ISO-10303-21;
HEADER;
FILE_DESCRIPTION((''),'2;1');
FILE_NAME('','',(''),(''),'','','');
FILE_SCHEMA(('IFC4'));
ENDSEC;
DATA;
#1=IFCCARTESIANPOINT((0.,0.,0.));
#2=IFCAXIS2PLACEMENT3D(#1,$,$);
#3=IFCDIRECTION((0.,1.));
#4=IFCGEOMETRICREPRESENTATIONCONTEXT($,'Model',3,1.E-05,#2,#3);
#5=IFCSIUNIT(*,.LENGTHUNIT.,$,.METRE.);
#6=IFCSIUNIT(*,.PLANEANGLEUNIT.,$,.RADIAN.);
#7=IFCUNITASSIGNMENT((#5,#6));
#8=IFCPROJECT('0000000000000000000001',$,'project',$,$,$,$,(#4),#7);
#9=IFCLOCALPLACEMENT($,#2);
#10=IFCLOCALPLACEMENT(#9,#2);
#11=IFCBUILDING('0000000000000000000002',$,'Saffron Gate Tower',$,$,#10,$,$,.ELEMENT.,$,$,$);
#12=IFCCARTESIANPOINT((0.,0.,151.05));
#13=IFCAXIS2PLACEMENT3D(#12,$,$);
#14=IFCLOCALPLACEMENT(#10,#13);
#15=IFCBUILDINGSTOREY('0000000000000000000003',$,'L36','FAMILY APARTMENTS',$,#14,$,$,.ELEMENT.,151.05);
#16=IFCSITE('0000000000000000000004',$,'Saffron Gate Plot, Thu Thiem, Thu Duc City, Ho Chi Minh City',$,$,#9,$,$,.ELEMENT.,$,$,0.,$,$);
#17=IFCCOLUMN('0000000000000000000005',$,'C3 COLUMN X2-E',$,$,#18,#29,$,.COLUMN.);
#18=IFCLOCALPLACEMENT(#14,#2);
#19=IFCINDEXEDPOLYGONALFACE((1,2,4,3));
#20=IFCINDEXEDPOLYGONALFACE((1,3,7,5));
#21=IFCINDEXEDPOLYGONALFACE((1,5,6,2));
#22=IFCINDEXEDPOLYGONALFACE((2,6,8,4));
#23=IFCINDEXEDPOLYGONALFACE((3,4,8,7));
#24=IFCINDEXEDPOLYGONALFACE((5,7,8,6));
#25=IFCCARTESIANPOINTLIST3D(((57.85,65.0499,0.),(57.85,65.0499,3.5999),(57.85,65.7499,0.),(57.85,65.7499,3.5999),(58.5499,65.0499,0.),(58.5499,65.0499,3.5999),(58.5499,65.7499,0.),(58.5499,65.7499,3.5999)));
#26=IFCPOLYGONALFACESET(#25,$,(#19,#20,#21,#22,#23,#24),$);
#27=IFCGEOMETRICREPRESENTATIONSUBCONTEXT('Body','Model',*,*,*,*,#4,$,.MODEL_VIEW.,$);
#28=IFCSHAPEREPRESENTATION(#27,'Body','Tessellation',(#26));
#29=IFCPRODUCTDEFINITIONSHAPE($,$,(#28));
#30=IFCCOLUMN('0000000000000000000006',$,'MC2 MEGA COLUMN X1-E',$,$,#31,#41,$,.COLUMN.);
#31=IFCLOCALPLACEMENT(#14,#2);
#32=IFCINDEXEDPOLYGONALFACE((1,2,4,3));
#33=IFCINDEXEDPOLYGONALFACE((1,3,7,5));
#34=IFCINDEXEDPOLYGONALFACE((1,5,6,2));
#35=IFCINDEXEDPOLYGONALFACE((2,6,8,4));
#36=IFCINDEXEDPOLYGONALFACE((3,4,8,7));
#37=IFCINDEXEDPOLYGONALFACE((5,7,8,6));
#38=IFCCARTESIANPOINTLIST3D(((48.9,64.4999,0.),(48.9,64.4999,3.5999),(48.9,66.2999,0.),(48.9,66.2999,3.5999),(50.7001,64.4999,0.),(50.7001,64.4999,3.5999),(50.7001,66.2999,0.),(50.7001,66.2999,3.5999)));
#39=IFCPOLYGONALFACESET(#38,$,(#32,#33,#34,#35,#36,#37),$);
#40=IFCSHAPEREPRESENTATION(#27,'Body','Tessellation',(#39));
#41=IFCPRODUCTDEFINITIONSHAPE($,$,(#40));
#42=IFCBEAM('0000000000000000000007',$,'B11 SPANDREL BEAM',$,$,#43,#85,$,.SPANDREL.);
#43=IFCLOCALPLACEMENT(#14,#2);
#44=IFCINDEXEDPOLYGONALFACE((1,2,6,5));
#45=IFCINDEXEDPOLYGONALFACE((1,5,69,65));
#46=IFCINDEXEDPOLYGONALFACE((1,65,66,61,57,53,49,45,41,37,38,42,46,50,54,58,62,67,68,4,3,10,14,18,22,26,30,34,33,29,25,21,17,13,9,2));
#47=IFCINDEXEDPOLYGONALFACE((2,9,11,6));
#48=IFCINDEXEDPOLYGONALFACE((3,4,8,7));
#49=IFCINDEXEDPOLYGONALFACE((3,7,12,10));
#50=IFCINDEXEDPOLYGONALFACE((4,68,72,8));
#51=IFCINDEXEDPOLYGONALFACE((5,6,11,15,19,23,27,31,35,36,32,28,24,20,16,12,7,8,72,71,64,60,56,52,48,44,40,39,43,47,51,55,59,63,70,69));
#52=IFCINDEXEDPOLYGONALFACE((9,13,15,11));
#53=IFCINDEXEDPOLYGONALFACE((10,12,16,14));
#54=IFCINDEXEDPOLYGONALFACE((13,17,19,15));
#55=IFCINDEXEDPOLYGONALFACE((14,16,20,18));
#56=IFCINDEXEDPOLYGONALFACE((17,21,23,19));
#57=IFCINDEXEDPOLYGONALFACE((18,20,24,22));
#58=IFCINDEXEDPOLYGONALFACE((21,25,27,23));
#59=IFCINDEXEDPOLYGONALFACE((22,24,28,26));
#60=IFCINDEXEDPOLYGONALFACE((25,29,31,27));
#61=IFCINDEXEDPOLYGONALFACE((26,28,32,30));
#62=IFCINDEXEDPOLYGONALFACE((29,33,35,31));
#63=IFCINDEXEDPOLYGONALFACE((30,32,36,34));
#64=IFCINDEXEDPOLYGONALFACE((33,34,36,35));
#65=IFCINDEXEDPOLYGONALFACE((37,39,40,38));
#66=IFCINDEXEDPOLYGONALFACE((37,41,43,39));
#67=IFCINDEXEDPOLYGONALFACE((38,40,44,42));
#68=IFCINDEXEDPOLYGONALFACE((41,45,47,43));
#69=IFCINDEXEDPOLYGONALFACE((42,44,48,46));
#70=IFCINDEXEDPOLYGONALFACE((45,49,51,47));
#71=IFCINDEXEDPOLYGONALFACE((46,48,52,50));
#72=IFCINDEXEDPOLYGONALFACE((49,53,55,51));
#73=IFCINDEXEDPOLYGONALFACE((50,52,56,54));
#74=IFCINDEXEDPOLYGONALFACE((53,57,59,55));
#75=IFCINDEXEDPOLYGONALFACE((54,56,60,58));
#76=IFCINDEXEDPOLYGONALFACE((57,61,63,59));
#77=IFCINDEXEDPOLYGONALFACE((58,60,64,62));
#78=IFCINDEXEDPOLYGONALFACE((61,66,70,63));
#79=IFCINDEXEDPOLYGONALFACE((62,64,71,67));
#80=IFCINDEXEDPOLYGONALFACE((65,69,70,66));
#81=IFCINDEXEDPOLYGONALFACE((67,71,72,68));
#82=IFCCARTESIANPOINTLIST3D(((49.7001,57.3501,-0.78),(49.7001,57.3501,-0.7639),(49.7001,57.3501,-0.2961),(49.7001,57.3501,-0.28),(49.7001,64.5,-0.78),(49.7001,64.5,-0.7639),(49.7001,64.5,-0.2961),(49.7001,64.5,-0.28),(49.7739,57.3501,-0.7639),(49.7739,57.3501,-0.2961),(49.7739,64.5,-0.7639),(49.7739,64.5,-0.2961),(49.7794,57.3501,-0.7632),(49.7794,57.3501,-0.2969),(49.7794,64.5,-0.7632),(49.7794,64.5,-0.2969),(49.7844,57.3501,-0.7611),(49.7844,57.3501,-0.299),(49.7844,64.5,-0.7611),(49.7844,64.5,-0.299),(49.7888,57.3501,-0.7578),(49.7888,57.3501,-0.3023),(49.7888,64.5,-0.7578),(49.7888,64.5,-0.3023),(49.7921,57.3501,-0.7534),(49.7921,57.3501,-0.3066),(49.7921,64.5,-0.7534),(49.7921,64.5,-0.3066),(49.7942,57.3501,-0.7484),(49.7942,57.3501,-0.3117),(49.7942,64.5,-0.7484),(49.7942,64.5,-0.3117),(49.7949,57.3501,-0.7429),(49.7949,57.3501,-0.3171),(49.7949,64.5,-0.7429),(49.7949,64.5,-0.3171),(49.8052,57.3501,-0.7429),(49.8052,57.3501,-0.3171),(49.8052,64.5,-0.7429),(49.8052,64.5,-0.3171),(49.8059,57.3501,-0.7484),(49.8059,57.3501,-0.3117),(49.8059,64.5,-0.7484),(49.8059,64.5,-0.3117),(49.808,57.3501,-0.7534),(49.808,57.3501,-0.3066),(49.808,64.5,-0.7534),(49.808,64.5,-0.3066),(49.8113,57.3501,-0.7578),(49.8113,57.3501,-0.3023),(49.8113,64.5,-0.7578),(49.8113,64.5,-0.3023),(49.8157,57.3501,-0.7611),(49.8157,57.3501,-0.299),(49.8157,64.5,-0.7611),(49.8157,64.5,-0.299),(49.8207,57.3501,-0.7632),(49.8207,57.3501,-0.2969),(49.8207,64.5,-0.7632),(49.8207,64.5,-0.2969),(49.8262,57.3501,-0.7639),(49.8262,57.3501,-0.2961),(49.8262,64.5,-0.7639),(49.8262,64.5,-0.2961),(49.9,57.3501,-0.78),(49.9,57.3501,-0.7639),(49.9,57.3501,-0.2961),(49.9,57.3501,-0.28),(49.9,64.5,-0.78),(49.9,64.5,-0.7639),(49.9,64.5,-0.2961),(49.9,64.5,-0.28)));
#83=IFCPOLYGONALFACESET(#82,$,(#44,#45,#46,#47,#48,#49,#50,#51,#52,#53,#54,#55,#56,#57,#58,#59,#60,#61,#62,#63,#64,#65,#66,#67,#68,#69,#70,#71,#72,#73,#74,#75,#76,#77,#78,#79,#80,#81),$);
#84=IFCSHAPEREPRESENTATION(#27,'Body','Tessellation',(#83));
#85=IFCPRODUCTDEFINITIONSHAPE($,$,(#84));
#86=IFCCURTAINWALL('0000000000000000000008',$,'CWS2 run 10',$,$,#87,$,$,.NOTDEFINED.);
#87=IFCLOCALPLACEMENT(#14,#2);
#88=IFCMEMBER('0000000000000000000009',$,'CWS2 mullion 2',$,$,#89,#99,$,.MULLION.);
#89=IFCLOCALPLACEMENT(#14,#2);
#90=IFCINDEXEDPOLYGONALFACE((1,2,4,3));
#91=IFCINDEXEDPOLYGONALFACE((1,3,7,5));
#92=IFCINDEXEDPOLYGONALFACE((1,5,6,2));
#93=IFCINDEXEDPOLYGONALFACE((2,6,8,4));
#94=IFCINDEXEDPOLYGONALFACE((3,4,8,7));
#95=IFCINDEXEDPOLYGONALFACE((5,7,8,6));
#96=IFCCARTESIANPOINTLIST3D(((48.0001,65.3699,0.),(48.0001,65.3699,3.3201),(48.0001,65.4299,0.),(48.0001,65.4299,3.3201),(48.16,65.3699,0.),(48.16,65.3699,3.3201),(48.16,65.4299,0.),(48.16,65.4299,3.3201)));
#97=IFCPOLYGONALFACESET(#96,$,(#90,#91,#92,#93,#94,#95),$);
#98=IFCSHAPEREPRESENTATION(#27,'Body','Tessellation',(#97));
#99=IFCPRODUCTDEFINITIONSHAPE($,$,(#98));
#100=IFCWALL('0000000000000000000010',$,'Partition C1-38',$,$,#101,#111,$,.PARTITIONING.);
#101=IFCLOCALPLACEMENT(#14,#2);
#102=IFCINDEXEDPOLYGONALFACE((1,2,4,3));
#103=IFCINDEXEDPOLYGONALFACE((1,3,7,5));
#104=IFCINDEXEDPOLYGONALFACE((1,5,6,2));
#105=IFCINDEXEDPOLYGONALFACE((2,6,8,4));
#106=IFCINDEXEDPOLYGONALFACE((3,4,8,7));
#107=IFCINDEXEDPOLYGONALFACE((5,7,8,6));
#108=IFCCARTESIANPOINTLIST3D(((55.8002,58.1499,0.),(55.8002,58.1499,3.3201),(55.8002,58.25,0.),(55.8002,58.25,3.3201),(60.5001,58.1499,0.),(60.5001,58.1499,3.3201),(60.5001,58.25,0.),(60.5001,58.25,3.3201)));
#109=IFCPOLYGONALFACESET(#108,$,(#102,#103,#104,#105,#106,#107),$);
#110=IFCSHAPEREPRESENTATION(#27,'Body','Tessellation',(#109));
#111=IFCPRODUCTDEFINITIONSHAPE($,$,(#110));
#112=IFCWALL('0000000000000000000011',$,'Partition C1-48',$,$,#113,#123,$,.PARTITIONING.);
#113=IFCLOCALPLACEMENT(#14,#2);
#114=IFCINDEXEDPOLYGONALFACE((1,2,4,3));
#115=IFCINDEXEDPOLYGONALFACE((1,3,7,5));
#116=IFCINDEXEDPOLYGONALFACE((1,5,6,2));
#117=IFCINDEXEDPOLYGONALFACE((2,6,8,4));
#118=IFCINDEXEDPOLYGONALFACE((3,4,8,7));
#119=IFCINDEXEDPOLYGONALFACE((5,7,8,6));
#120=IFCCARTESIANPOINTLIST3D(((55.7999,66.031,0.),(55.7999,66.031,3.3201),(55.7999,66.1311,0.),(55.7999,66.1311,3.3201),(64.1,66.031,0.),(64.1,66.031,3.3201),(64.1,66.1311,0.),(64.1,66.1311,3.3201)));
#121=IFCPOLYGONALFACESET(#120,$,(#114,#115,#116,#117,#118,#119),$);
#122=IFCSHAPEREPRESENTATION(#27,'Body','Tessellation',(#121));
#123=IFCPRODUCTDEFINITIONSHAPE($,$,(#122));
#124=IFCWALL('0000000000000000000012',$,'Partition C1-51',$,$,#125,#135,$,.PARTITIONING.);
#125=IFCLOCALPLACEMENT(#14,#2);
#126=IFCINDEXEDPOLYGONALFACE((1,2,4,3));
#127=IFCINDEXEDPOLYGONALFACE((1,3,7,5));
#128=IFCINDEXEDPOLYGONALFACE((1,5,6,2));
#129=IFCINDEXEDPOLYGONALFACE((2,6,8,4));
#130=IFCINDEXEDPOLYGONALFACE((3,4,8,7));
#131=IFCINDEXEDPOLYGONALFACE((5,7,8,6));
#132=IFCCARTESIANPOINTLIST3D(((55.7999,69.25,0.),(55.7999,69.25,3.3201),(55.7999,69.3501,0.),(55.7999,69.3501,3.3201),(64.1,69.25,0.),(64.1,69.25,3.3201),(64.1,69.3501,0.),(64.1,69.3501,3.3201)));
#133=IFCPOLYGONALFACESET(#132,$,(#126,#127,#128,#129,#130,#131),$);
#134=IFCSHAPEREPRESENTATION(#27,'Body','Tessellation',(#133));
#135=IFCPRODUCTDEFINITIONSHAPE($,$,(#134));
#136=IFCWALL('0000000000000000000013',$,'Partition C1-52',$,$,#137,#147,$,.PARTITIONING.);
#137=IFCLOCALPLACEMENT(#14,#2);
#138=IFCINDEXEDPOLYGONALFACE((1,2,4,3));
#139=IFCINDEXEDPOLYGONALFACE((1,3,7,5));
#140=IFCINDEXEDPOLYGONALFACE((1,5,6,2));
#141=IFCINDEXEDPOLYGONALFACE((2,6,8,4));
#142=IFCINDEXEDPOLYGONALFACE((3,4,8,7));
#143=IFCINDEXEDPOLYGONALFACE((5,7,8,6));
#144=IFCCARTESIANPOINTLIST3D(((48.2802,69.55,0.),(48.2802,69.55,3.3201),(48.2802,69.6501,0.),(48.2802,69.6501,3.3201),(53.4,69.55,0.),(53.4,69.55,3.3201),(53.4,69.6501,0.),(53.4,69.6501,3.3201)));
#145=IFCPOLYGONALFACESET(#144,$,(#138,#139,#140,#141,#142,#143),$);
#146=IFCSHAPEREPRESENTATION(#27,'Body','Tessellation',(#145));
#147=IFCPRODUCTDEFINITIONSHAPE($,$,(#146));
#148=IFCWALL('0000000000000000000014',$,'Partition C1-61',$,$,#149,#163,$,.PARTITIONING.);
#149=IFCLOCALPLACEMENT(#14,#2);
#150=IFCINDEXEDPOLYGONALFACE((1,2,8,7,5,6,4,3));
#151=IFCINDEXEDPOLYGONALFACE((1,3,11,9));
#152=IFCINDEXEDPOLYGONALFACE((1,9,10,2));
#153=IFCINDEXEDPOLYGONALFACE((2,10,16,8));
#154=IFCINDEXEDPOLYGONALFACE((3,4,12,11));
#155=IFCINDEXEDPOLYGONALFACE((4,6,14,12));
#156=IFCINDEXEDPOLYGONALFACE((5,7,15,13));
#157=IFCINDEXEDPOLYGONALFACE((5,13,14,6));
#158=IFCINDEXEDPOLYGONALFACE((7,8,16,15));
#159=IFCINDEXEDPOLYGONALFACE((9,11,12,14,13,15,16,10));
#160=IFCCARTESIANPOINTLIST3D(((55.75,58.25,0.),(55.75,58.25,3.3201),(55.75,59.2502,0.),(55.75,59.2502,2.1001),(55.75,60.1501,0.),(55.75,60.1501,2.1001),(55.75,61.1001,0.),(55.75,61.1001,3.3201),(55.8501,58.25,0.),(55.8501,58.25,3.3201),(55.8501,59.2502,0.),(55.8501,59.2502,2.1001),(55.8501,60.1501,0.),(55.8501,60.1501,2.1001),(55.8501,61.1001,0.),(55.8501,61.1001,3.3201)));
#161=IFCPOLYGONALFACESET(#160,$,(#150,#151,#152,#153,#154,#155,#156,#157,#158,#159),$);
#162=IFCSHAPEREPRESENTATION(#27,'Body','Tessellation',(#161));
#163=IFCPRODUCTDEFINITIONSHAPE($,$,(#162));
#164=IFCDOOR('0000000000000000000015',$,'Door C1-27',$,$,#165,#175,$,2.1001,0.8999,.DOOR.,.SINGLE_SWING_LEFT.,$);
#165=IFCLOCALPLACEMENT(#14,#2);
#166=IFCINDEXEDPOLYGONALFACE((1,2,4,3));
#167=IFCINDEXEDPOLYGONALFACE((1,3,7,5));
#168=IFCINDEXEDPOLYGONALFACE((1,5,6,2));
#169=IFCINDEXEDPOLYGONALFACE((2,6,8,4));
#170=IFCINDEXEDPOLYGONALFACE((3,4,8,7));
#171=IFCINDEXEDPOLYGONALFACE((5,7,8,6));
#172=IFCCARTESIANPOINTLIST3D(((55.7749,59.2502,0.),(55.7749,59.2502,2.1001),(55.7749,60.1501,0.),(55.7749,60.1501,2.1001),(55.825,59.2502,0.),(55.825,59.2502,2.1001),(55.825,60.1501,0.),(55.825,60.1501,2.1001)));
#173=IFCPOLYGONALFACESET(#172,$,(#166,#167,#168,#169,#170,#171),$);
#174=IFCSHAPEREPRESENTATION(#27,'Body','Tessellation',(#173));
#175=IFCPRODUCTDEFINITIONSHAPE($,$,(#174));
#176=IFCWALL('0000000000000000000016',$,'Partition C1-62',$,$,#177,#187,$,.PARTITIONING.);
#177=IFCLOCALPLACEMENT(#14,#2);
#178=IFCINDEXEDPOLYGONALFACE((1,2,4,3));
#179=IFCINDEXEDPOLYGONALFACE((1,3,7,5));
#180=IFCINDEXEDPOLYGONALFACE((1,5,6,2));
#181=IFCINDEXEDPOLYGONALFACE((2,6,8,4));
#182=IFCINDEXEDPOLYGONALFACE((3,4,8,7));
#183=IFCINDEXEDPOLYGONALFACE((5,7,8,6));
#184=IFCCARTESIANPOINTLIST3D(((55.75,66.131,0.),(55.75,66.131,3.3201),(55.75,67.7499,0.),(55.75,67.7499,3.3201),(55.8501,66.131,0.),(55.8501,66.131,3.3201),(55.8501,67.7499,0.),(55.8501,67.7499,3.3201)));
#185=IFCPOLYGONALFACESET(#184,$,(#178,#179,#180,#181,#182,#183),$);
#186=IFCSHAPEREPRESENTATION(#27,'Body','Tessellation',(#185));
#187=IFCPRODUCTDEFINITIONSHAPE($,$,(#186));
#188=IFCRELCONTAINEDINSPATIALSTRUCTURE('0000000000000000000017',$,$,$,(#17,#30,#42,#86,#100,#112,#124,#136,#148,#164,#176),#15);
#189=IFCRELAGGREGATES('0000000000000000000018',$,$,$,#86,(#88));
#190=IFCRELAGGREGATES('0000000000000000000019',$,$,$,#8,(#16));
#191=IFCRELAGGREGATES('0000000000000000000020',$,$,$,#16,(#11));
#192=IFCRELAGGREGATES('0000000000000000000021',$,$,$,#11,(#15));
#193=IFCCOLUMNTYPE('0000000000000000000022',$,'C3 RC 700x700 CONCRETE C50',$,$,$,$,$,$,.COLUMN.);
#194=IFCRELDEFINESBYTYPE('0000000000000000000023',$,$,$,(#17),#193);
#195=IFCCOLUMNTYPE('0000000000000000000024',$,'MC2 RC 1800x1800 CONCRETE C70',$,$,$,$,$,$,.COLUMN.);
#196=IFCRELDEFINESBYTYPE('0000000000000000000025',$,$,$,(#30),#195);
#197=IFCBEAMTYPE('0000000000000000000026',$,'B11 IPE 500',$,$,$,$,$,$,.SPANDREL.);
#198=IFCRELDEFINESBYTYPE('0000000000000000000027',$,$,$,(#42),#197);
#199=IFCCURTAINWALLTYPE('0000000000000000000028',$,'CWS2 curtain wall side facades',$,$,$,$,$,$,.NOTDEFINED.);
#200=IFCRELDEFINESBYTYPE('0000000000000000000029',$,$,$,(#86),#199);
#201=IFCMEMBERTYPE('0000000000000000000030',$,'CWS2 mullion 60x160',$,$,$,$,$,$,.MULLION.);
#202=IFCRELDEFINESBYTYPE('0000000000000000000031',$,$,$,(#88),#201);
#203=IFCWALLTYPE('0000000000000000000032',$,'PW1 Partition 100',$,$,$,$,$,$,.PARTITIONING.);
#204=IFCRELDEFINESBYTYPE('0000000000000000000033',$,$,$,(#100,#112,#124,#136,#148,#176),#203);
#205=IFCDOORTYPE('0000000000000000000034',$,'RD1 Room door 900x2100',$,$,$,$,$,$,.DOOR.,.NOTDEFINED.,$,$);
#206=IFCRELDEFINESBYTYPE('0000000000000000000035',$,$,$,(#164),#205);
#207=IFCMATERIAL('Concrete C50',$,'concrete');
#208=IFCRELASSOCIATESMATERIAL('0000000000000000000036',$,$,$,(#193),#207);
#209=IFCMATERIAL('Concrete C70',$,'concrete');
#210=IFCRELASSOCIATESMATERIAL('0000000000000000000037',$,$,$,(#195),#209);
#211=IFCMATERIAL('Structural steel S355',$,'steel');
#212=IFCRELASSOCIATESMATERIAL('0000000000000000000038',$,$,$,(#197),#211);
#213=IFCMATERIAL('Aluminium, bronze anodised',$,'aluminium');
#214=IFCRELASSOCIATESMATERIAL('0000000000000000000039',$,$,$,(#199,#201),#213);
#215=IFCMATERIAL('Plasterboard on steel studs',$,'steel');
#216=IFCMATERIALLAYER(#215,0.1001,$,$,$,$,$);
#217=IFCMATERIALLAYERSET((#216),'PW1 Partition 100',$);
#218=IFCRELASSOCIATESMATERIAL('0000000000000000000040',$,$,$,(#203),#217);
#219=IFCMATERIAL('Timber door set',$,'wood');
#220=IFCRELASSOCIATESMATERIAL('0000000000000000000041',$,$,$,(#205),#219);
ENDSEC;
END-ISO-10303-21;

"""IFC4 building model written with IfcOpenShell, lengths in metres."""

from ifc_helpers import new_model, si_unit, direction, frame, frame_2d, origin, origin_2d, place, context, subcontext, project, spatial, rectangle, i_section, extrude, material, layer, layer_set, material_profile, profile_set, type_object, element, fill, aggregate, save


model = new_model("IFC4")

# Units and contexts
model_context = context("Model", 3, precision=1e-05, world=origin(), true_north=direction((0.0, 1.0)))
body_context = subcontext(model_context, "Body", "Model", "MODEL_VIEW")
ifc_project = project(units=[si_unit("LENGTHUNIT", "METRE"), si_unit("PLANEANGLEUNIT", "RADIAN")], contexts=[model_context])

# Site, building, storey
site_placement = place(None, origin())
site = spatial("IfcSite", under=ifc_project, at=site_placement, Name="Saffron Gate Plot, Thu Thiem, Thu Duc City, Ho Chi Minh City", CompositionType="ELEMENT", RefElevation=0.0)
building_placement = place(site_placement, origin())
building = spatial("IfcBuilding", under=site, at=building_placement, Name="Saffron Gate Tower", CompositionType="ELEMENT")
storey_placement = place(building_placement, frame((0.0, 0.0, 151.05)))
storey = spatial("IfcBuildingStorey", under=building, at=storey_placement, Name="L36", Description="FAMILY APARTMENTS", CompositionType="ELEMENT", Elevation=151.05)

# Columns
ifc_material_1 = material(Name="Concrete C50", Category="concrete")
ifc_material_profile_1 = material_profile(ifc_material_1, rectangle(XDim=0.7, YDim=0.7, at=origin_2d()))
ifc_profile_set_1 = profile_set([ifc_material_profile_1], Name="Concrete C50")
column_type_1 = type_object("IfcColumnType", Name="C3 RC 700x700 CONCRETE C50", PredefinedType="COLUMN", material=ifc_profile_set_1)
column_1_placement = place(storey_placement, frame((58.2, 65.3999, 0.0), z_axis=(0.0, 0.0, 1.0), x_axis=(1.0, 0.0, 0.0)))
element("IfcColumn", 1, at=column_1_placement, inside=storey, type_object=column_type_1, Name="C3 COLUMN X2-E", PredefinedType="COLUMN", context=body_context, shape_type="SweptSolid", body=[
    extrude(rectangle(XDim=0.7, YDim=0.7, at=origin_2d()), origin(), (0.0, 0.0, 1.0), 3.5999),
])
ifc_material_2 = material(Name="Concrete C70", Category="concrete")
ifc_material_profile_2 = material_profile(ifc_material_2, rectangle(XDim=1.8, YDim=1.8, at=origin_2d()))
ifc_profile_set_2 = profile_set([ifc_material_profile_2], Name="Concrete C70")
column_type_2 = type_object("IfcColumnType", Name="MC2 RC 1800x1800 CONCRETE C70", PredefinedType="COLUMN", material=ifc_profile_set_2)
column_2_placement = place(storey_placement, frame((49.8, 65.3999, 0.0), z_axis=(0.0, 0.0, 1.0), x_axis=(1.0, 0.0, 0.0)))
element("IfcColumn", 2, at=column_2_placement, inside=storey, type_object=column_type_2, Name="MC2 MEGA COLUMN X1-E", PredefinedType="COLUMN", context=body_context, shape_type="SweptSolid", body=[
    extrude(rectangle(XDim=1.8, YDim=1.8, at=origin_2d()), origin(), (0.0, 0.0, 1.0), 3.5999),
])

# Beam
ifc_material_3 = material(Name="Structural steel S355", Category="steel")
ifc_material_profile_3 = material_profile(ifc_material_3, i_section(OverallWidth=0.2, OverallDepth=0.5, WebThickness=0.0103, FlangeThickness=0.0161, FilletRadius=0.021, at=origin_2d()))
ifc_profile_set_3 = profile_set([ifc_material_profile_3], Name="Structural steel S355")
beam_type = type_object("IfcBeamType", Name="B11 IPE 500", PredefinedType="SPANDREL", material=ifc_profile_set_3)
beam_placement = place(storey_placement, frame((49.8, 57.3501, -0.53), z_axis=(0.0, 1.0, 0.0), x_axis=(-1.0, 0.0, 0.0)))
element("IfcBeam", 3, at=beam_placement, inside=storey, type_object=beam_type, Name="B11 SPANDREL BEAM", PredefinedType="SPANDREL", context=body_context, shape_type="SweptSolid", body=[
    extrude(i_section(OverallWidth=0.2, OverallDepth=0.5, WebThickness=0.0103, FlangeThickness=0.0161, FilletRadius=0.021, at=origin_2d()), origin(), (0.0, 0.0, 1.0), 7.1499),
])

# Curtain wall, member
ifc_material_4 = material(Name="Aluminium, bronze anodised", Category="aluminium")
curtain_wall_type = type_object("IfcCurtainWallType", Name="CWS2 curtain wall side facades", PredefinedType="NOTDEFINED", material=ifc_material_4)
curtain_wall_placement = place(storey_placement, origin())
curtain_wall = element("IfcCurtainWall", 4, at=curtain_wall_placement, inside=storey, type_object=curtain_wall_type, Name="CWS2 run 10", PredefinedType="NOTDEFINED")
ifc_material_profile_4 = material_profile(ifc_material_4, rectangle(XDim=0.1599, YDim=0.0601, at=origin_2d()))
ifc_profile_set_4 = profile_set([ifc_material_profile_4], Name="Aluminium, bronze anodised")
member_type = type_object("IfcMemberType", Name="CWS2 mullion 60x160", PredefinedType="MULLION", material=ifc_profile_set_4)
member_placement = place(storey_placement, frame((48.0801, 65.3999, 0.0), z_axis=(0.0, 0.0, 1.0), x_axis=(1.0, 0.0, 0.0)))
member = element("IfcMember", 5, at=member_placement, type_object=member_type, Name="CWS2 mullion 2", PredefinedType="MULLION", context=body_context, shape_type="SweptSolid", body=[
    extrude(rectangle(XDim=0.1599, YDim=0.0601, at=origin_2d()), origin(), (0.0, 0.0, 1.0), 3.3201),
])
aggregate(curtain_wall, [member])

# Walls
ifc_material_5 = material(Name="Plasterboard on steel studs", Category="steel")
ifc_layer_1 = layer(ifc_material_5, 0.1001)
ifc_layer_set_1 = layer_set([ifc_layer_1], Name="PW1 Partition 100")
wall_type_1 = type_object("IfcWallType", Name="PW1 Partition 100", PredefinedType="PARTITIONING", material=ifc_layer_set_1)
wall_1_placement = place(storey_placement, frame((55.8, 58.2, 0.0), z_axis=(0.0, 0.0, 1.0), x_axis=(1.0, 0.0, 0.0)))
element("IfcWall", 6, at=wall_1_placement, inside=storey, type_object=wall_type_1, Name="Partition C1-38", PredefinedType="PARTITIONING", context=body_context, shape_type="SweptSolid", body=[
    extrude(rectangle(XDim=4.7, YDim=0.1001, at=frame_2d((2.3501, 0.0))), origin(), (0.0, 0.0, 1.0), 3.3201),
])
for number, where, z_axis, x_axis, name in (
    (7, (55.8, 66.0811, 0.0), (0.0, 0.0, 1.0), (1.0, 0.0, 0.0), "Partition C1-48"),
    (8, (55.8, 69.3, 0.0), (0.0, 0.0, 1.0), (1.0, 0.0, 0.0), "Partition C1-51"),
):
    element("IfcWall", number, at=place(storey_placement, frame(where, z_axis=z_axis, x_axis=x_axis)), inside=storey, type_object=wall_type_1, Name=name, PredefinedType="PARTITIONING", context=body_context, shape_type="SweptSolid", body=[
        extrude(rectangle(XDim=8.3, YDim=0.1001, at=frame_2d((4.1499, 0.0))), origin(), (0.0, 0.0, 1.0), 3.3201),
    ])
wall_2_placement = place(storey_placement, frame((48.28, 69.6001, 0.0), z_axis=(0.0, 0.0, 1.0), x_axis=(1.0, 0.0, 0.0)))
element("IfcWall", 9, at=wall_2_placement, inside=storey, type_object=wall_type_1, Name="Partition C1-52", PredefinedType="PARTITIONING", context=body_context, shape_type="SweptSolid", body=[
    extrude(rectangle(XDim=5.1199, YDim=0.1001, at=frame_2d((2.5601, 0.0))), origin(), (0.0, 0.0, 1.0), 3.3201),
])

# Wall, opening, door
wall_3_placement = place(storey_placement, frame((55.8, 61.1001, 0.0), z_axis=(0.0, 0.0, 1.0), x_axis=(0.0, -1.0, 0.0)))
wall_3 = element("IfcWall", 10, at=wall_3_placement, inside=storey, type_object=wall_type_1, Name="Partition C1-61", PredefinedType="PARTITIONING", context=body_context, shape_type="SweptSolid", body=[
    extrude(rectangle(XDim=2.8501, YDim=0.1001, at=frame_2d((1.425, 0.0))), origin(), (0.0, 0.0, 1.0), 3.3201),
])
opening_1_placement = place(wall_3_placement, frame((0.95, 0.0, 0.0)))
opening_1 = element("IfcOpeningElement", 11, at=opening_1_placement, cuts=wall_3, PredefinedType="OPENING", context=body_context, shape_type="SweptSolid", body=[
    extrude(rectangle(XDim=0.8999, YDim=2.1001, at=frame_2d((0.45, 1.05))), frame((0.0, 0.0601, 0.0), z_axis=(0.0, -1.0, 0.0), x_axis=(1.0, 0.0, 0.0)), (0.0, 0.0, 1.0), 0.1201),
])
ifc_material_6 = material(Name="Timber door set", Category="wood")
door_type = type_object("IfcDoorType", Name="RD1 Room door 900x2100", OperationType="NOTDEFINED", PredefinedType="DOOR", material=ifc_material_6)
door_1_placement = place(opening_1_placement, origin())
door_1 = element("IfcDoor", 12, at=door_1_placement, inside=storey, type_object=door_type, Name="Door C1-27", OperationType="SINGLE_SWING_LEFT", OverallHeight=2.1001, OverallWidth=0.8999, PredefinedType="DOOR", context=body_context, shape_type="SweptSolid", body=[
    extrude(rectangle(XDim=0.8999, YDim=2.1001, at=frame_2d((0.45, 1.05))), frame((0.0, 0.0249, 0.0), z_axis=(0.0, -1.0, 0.0), x_axis=(1.0, 0.0, 0.0)), (0.0, 0.0, 1.0), 0.05),
])
fill(opening_1, door_1)

# Wall
wall_4_placement = place(storey_placement, frame((55.8, 67.75, 0.0), z_axis=(0.0, 0.0, 1.0), x_axis=(0.0, -1.0, 0.0)))
element("IfcWall", 13, at=wall_4_placement, inside=storey, type_object=wall_type_1, Name="Partition C1-62", PredefinedType="PARTITIONING", context=body_context, shape_type="SweptSolid", body=[
    extrude(rectangle(XDim=1.6189, YDim=0.1001, at=frame_2d((0.8096, 0.0))), origin(), (0.0, 0.0, 1.0), 3.3201),
])

save(model, "model.ifc")
